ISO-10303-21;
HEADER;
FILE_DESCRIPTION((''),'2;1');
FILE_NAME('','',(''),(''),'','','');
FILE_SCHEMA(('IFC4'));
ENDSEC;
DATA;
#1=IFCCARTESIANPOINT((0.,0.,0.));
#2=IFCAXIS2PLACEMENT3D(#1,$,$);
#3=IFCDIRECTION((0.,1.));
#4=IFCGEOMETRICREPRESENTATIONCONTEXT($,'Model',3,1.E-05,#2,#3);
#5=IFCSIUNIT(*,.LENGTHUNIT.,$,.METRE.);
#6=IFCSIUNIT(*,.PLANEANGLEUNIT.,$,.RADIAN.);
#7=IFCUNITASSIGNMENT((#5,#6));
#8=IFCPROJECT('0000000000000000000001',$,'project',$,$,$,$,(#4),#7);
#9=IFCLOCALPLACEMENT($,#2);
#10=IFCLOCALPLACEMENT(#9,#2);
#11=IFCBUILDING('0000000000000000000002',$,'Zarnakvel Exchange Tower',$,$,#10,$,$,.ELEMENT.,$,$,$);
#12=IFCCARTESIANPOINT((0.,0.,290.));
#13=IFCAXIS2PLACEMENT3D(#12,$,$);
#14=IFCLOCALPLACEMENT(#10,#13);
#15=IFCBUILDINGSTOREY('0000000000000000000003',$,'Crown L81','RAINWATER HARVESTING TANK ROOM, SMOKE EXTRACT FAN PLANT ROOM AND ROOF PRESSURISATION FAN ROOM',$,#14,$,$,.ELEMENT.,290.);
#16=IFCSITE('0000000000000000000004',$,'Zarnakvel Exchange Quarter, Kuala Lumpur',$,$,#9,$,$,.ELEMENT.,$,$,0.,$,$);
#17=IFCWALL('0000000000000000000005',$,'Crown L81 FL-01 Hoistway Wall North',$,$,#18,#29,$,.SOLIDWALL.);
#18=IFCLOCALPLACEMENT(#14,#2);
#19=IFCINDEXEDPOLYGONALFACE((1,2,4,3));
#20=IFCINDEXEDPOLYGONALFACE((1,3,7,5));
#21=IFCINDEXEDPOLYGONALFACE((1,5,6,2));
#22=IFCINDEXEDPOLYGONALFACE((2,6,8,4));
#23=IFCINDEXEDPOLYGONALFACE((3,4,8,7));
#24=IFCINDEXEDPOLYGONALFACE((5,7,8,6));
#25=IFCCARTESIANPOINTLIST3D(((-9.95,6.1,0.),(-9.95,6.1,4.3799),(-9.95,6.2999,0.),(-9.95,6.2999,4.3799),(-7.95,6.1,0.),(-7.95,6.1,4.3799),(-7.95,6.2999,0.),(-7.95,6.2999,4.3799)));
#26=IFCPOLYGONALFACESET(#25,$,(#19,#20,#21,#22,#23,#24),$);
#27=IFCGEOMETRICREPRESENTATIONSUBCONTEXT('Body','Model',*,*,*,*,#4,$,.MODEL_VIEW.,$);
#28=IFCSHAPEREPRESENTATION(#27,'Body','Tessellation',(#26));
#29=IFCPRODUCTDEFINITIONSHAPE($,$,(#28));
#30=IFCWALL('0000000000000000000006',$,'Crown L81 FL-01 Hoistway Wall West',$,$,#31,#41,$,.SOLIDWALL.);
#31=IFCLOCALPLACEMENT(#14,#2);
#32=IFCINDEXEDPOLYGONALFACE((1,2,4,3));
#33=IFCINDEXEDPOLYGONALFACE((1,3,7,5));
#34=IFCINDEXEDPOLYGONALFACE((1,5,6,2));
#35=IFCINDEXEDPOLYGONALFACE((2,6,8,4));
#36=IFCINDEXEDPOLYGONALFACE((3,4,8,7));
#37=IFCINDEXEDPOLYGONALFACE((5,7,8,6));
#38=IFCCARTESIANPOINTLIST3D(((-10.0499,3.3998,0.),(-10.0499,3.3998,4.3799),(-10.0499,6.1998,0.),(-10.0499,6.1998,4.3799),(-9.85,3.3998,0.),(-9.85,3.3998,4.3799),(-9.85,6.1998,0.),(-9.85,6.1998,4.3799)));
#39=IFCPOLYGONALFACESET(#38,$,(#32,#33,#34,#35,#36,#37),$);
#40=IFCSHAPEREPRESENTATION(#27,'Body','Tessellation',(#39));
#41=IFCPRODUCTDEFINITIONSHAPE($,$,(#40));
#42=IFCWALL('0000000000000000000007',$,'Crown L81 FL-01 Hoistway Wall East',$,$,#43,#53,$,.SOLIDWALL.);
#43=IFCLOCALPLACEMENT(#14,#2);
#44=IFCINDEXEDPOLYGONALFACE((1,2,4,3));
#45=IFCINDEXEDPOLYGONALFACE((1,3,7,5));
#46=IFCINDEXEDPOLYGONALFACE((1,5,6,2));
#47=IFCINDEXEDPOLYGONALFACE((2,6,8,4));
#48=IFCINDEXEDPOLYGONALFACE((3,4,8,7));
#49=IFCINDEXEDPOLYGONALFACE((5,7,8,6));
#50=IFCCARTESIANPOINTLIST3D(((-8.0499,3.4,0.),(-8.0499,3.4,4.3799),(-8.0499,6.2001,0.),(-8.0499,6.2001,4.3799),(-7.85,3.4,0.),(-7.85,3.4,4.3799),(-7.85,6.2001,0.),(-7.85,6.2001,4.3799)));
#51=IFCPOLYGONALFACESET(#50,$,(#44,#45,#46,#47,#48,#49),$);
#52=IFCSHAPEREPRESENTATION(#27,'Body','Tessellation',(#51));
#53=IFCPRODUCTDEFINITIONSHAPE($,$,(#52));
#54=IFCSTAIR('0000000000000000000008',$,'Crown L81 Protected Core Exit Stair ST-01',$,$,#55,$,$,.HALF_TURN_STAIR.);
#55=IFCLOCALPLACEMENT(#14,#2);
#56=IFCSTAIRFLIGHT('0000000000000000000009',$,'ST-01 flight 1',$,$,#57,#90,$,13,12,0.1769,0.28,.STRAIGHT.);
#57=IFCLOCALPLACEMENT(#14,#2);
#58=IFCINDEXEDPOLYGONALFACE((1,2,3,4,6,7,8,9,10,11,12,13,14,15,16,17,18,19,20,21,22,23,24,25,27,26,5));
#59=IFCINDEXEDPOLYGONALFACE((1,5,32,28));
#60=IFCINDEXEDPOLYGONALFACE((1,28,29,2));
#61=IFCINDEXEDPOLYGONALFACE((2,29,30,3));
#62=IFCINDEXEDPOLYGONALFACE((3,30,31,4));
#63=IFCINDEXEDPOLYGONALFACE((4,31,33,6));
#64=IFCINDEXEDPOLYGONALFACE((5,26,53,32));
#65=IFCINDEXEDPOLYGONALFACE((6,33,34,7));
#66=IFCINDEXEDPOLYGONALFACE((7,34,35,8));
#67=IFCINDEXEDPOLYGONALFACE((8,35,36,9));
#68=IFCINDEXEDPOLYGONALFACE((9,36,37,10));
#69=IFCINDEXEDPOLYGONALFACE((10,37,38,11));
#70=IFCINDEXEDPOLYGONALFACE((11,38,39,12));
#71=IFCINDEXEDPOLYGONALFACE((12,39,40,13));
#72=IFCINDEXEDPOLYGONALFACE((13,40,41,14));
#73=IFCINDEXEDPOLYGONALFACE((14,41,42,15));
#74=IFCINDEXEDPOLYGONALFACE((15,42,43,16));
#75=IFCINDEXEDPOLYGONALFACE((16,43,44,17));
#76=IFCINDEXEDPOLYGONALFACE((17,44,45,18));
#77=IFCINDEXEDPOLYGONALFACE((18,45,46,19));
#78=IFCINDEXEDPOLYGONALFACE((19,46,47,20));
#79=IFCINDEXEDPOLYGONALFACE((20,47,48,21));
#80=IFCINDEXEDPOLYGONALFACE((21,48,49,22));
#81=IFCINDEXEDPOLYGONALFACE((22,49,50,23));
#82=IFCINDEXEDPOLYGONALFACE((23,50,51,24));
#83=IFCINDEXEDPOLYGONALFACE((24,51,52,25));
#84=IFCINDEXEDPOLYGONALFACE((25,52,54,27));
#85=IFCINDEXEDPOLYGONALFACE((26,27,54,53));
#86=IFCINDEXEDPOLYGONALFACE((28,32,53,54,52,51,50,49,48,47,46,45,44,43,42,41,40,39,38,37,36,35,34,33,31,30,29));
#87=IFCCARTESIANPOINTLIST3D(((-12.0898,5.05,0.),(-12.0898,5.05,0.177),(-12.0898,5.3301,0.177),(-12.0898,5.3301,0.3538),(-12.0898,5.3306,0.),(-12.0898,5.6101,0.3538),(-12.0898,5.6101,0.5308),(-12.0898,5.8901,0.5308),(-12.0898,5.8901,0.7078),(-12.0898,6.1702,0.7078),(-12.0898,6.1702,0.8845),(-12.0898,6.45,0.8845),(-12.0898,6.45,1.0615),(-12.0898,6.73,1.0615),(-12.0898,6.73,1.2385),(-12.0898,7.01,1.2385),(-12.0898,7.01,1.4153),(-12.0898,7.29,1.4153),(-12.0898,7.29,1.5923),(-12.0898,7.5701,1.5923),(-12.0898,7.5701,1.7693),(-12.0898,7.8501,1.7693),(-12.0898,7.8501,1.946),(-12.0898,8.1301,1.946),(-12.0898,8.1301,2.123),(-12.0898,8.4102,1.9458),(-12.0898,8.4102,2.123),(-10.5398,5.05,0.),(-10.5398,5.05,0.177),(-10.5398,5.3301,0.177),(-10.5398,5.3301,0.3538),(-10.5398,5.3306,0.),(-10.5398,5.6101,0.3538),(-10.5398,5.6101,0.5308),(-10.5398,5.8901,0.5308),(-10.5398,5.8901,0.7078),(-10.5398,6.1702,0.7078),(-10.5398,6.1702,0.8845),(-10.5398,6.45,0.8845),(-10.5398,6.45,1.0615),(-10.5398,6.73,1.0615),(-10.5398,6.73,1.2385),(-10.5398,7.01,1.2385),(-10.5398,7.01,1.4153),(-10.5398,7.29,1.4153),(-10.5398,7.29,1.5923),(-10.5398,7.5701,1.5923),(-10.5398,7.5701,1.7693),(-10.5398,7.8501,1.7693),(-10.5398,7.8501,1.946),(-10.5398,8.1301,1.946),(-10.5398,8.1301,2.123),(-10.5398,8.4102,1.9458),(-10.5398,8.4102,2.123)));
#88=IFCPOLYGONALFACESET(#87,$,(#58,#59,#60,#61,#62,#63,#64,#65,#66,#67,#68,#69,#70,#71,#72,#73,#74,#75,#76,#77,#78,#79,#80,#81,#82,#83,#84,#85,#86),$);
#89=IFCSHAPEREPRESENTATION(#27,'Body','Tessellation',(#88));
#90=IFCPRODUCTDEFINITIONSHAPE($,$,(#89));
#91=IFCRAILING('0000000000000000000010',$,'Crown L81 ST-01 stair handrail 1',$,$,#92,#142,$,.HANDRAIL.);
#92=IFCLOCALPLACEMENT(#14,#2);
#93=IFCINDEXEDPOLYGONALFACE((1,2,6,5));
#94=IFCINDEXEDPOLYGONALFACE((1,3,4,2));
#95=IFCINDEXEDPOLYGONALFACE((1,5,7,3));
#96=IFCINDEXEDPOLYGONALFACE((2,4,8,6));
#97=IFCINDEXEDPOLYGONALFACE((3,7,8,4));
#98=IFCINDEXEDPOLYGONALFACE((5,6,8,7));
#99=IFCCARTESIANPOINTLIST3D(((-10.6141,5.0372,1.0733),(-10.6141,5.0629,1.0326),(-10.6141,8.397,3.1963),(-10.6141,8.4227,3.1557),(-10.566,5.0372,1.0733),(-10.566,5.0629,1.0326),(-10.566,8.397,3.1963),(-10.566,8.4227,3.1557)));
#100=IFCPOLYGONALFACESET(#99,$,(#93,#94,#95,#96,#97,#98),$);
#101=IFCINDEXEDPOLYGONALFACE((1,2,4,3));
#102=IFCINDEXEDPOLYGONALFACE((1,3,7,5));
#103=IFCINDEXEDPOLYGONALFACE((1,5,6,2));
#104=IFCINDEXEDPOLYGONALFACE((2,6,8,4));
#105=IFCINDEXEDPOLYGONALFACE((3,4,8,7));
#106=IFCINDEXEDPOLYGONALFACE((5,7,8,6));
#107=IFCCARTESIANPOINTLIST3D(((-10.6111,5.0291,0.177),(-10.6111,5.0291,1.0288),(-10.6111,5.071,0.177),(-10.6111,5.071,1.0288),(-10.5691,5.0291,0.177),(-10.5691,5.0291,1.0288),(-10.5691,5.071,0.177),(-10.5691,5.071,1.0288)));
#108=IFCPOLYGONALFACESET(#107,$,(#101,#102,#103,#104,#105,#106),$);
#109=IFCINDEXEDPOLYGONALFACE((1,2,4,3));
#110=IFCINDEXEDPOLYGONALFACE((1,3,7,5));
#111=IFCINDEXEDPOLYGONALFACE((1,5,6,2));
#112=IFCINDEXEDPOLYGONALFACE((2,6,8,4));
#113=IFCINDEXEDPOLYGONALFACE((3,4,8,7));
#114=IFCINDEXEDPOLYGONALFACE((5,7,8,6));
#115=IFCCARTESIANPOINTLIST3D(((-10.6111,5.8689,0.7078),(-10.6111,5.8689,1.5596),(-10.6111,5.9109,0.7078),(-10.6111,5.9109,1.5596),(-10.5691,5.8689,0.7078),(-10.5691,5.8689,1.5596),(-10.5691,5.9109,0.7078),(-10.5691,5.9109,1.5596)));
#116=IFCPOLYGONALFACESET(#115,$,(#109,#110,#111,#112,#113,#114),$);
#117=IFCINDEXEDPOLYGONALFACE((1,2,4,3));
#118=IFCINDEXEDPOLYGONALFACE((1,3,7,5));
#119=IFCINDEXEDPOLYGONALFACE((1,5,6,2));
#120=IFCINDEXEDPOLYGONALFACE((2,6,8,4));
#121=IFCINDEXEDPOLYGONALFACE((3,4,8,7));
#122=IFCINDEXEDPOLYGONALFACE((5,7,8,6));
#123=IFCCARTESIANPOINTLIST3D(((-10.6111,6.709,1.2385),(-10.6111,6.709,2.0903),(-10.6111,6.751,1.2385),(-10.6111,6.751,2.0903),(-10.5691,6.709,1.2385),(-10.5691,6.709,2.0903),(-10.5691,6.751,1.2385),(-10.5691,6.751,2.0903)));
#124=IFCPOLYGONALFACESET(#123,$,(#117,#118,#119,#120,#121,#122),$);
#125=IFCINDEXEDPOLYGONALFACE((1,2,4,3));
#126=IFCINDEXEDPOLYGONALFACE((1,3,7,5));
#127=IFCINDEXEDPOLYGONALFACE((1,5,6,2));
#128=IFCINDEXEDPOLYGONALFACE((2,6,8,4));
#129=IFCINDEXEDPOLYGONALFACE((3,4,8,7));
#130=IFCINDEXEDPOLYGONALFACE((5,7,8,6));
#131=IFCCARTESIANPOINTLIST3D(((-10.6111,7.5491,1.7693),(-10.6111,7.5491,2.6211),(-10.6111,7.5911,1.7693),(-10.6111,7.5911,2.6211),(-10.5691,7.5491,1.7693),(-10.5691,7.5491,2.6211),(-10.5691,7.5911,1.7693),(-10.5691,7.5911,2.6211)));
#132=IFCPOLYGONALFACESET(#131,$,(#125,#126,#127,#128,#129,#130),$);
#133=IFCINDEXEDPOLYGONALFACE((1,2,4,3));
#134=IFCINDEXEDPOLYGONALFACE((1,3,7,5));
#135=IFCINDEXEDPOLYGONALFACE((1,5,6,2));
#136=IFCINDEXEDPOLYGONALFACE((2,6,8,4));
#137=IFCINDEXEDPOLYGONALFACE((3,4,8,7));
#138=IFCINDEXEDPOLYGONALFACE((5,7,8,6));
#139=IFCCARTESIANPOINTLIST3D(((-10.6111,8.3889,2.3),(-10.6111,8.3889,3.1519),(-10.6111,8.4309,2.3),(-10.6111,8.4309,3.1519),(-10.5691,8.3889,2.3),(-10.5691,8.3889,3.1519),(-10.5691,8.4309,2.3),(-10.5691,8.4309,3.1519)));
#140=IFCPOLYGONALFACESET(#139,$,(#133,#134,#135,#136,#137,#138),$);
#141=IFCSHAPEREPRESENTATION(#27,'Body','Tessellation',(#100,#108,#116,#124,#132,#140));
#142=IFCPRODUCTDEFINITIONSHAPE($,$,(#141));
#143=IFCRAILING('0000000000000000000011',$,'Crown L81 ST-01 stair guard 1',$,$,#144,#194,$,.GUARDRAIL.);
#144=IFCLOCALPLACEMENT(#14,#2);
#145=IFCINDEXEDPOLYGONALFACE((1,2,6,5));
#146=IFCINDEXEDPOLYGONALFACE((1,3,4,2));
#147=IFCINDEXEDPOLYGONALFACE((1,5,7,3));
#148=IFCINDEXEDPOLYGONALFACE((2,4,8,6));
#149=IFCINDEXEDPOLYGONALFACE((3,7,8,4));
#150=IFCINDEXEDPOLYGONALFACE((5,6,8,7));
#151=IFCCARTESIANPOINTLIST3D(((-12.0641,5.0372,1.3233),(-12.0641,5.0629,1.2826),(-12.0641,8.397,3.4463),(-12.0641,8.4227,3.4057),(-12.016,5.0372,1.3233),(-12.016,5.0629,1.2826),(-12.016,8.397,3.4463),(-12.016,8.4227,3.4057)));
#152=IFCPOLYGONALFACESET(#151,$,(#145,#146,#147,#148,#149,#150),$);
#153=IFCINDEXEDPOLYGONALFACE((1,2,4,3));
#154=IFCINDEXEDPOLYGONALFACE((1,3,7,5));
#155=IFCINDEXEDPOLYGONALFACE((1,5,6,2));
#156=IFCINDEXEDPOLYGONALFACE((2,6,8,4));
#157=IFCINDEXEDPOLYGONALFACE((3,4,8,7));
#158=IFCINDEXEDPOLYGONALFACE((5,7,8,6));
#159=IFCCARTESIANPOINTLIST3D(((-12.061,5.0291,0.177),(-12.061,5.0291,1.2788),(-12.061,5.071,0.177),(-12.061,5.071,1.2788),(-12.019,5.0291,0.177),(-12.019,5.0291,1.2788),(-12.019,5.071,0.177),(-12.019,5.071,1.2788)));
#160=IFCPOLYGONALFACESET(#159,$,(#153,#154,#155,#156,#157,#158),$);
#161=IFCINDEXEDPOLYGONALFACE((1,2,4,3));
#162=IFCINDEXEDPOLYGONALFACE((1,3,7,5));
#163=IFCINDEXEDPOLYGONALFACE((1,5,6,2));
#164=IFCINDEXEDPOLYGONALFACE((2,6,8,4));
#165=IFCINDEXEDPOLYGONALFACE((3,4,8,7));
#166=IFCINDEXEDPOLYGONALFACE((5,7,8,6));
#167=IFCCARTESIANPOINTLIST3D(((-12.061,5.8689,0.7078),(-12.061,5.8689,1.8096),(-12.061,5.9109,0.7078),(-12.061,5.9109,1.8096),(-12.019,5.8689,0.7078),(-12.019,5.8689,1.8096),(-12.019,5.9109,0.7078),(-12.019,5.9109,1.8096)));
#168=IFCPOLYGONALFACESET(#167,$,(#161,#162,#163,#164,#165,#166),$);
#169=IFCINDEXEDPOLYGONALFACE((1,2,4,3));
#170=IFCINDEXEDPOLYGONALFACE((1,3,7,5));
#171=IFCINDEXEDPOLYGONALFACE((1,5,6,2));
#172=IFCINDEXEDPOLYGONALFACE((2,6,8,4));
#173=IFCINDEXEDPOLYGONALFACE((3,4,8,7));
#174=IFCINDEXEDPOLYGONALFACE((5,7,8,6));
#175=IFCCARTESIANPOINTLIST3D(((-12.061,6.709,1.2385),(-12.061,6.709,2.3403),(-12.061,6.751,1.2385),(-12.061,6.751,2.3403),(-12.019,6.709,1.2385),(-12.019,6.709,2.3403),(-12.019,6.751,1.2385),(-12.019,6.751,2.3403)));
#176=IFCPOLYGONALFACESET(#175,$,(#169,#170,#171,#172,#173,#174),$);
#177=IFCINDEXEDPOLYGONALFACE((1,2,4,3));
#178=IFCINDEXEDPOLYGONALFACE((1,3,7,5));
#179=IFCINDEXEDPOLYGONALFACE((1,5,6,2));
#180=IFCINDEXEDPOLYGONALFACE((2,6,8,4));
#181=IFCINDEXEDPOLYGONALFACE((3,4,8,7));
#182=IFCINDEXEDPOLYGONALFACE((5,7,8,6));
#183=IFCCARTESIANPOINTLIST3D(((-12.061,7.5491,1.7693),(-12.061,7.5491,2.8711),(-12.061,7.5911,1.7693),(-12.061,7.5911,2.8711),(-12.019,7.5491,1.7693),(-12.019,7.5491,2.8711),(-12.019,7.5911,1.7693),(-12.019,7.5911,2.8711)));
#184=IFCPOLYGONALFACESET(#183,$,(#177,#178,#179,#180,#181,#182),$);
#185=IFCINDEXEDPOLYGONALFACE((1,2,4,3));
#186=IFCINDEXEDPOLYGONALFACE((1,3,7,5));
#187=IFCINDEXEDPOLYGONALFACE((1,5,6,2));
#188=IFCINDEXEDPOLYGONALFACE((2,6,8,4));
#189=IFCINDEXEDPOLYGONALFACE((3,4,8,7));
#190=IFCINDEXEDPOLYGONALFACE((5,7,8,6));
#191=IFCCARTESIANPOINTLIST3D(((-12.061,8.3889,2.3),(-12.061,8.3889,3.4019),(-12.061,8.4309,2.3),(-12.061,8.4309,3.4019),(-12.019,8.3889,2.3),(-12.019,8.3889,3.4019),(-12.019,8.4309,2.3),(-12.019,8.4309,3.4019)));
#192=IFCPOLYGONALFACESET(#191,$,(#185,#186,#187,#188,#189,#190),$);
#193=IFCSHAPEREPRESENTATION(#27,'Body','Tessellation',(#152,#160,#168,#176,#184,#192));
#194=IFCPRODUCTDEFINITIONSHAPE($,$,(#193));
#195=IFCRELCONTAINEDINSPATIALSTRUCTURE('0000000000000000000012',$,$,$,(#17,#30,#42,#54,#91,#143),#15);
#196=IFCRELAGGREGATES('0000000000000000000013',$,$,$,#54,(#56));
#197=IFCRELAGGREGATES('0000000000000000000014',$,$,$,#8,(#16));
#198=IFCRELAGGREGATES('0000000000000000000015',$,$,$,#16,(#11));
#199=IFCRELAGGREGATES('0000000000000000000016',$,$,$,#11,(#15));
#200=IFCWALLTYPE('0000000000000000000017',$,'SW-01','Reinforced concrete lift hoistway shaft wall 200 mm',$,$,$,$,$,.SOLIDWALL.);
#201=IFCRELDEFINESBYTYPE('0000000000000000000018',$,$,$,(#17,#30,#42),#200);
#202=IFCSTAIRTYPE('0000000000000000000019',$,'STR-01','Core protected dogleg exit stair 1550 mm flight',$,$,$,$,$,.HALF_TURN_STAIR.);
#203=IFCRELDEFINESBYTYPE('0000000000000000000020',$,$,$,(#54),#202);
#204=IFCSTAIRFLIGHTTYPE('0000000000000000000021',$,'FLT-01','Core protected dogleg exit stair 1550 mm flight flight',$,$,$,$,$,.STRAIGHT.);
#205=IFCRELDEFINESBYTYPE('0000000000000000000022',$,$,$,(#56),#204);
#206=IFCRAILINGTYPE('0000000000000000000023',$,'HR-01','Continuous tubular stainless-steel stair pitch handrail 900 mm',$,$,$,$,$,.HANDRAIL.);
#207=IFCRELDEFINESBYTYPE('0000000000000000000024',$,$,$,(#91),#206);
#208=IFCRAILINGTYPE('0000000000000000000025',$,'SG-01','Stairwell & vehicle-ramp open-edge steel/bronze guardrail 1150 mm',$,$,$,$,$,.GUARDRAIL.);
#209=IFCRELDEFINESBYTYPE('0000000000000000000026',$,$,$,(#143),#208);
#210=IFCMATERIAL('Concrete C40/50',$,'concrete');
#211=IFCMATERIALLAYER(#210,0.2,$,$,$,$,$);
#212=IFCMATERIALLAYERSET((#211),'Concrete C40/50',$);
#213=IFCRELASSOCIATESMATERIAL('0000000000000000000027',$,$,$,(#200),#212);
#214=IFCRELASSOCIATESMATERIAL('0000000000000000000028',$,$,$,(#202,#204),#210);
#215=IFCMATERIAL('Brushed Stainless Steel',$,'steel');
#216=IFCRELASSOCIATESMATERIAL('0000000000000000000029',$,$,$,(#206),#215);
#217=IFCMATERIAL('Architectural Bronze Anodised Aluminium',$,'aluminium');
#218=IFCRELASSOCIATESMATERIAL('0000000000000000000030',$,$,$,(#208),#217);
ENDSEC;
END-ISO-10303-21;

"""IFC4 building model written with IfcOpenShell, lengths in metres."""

from ifc_helpers import new_model, si_unit, direction, frame, frame_2d, origin, origin_2d, place, context, subcontext, project, spatial, polyline, rectangle, outline, extrude, material, layer, layer_set, type_object, element, aggregate, save


model = new_model("IFC4")

# Units and contexts
model_context = context("Model", 3, precision=1e-05, world=origin(), true_north=direction((0.0, 1.0)))
body_context = subcontext(model_context, "Body", "Model", "MODEL_VIEW")
ifc_project = project(units=[si_unit("LENGTHUNIT", "METRE"), si_unit("PLANEANGLEUNIT", "RADIAN")], contexts=[model_context])

# Site, building, storey
site_placement = place(None, origin())
site = spatial("IfcSite", under=ifc_project, at=site_placement, Name="Zarnakvel Exchange Quarter, Kuala Lumpur", CompositionType="ELEMENT", RefElevation=0.0)
building_placement = place(site_placement, origin())
building = spatial("IfcBuilding", under=site, at=building_placement, Name="Zarnakvel Exchange Tower", CompositionType="ELEMENT")
storey_placement = place(building_placement, frame((0.0, 0.0, 290.0)))
storey = spatial("IfcBuildingStorey", under=building, at=storey_placement, Name="Crown L81", Description="RAINWATER HARVESTING TANK ROOM, SMOKE EXTRACT FAN PLANT ROOM AND ROOF PRESSURISATION FAN ROOM", CompositionType="ELEMENT", Elevation=290.0)

# Shared definitions
ifc_material_1 = material(Name="Architectural Bronze Anodised Aluminium", Category="aluminium")

# Shared definitions
ifc_material_2 = material(Name="Concrete C40/50", Category="concrete")
ifc_layer_1 = layer(ifc_material_2, 0.2)
ifc_layer_set_1 = layer_set([ifc_layer_1], Name="Concrete C40/50")
wall_type_1 = type_object("IfcWallType", Name="SW-01", Description="Reinforced concrete lift hoistway shaft wall 200 mm", PredefinedType="SOLIDWALL", material=ifc_layer_set_1)
ifc_material_3 = material(Name="Brushed Stainless Steel", Category="steel")

# Walls
wall_1_placement = place(storey_placement, frame((-9.95, 6.2, 0.0), z_axis=(0.0, 0.0, 1.0), x_axis=(1.0, 0.0, 0.0)))
element("IfcWall", 1, at=wall_1_placement, inside=storey, type_object=wall_type_1, Name="Crown L81 FL-01 Hoistway Wall North", PredefinedType="SOLIDWALL", context=body_context, shape_type="SweptSolid", body=[
    extrude(rectangle(XDim=2.0, YDim=0.2, at=frame_2d((1.0, 0.0))), origin(), (0.0, 0.0, 1.0), 4.3799),
])
for number, where, z_axis, x_axis, name in (
    (2, (-9.95, 3.3999, 0.0), (0.0, 0.0, 1.0), (0.0, 1.0, 0.0), "Crown L81 FL-01 Hoistway Wall West"),
    (3, (-7.95, 6.2, 0.0), (0.0, 0.0, 1.0), (0.0, -1.0, 0.0), "Crown L81 FL-01 Hoistway Wall East"),
):
    element("IfcWall", number, at=place(storey_placement, frame(where, z_axis=z_axis, x_axis=x_axis)), inside=storey, type_object=wall_type_1, Name=name, PredefinedType="SOLIDWALL", context=body_context, shape_type="SweptSolid", body=[
        extrude(rectangle(XDim=2.8, YDim=0.2, at=frame_2d((1.3999, 0.0))), origin(), (0.0, 0.0, 1.0), 4.3799),
    ])

# Stair, stair flight
stair_type = type_object("IfcStairType", Name="STR-01", Description="Core protected dogleg exit stair 1550 mm flight", PredefinedType="HALF_TURN_STAIR", material=ifc_material_2)
stair_placement = place(storey_placement, origin())
stair = element("IfcStair", 4, at=stair_placement, inside=storey, type_object=stair_type, Name="Crown L81 Protected Core Exit Stair ST-01", PredefinedType="HALF_TURN_STAIR")
stair_flight_type = type_object("IfcStairFlightType", Name="FLT-01", Description="Core protected dogleg exit stair 1550 mm flight flight", PredefinedType="STRAIGHT", material=ifc_material_2)
stair_flight_placement = place(storey_placement, frame((-11.3149, 5.05, 0.0), z_axis=(0.0, 0.0, 1.0), x_axis=(0.0, 1.0, 0.0)))
stair_flight = element("IfcStairFlight", 5, at=stair_flight_placement, type_object=stair_flight_type, Name="ST-01 flight 1", NumberOfRisers=13, NumberOfTreads=12, PredefinedType="STRAIGHT", RiserHeight=0.1769, TreadLength=0.28, context=body_context, shape_type="SweptSolid", body=[
    extrude(outline(polyline([(0.0, 0.0), (0.0, 0.177), (0.28, 0.177), (0.28, 0.3538), (0.5601, 0.3538), (0.5601, 0.5308), (0.8401, 0.5308), (0.8401, 0.7078), (1.1201, 0.7078), (1.1201, 0.8845), (1.3999, 0.8845), (1.3999, 1.0615), (1.6799, 1.0615), (1.6799, 1.2385), (1.96, 1.2385), (1.96, 1.4153), (2.24, 1.4153), (2.24, 1.5923), (2.52, 1.5923), (2.52, 1.7693), (2.8, 1.7693), (2.8, 1.946), (3.0801, 1.946), (3.0801, 2.123), (3.3601, 2.123), (3.3601, 2.3), (3.3601, 1.9458), (0.2805, 0.0), (0.0, 0.0)])), frame((0.0, 0.7749, 0.0), z_axis=(0.0, -1.0, 0.0), x_axis=(1.0, 0.0, 0.0)), (0.0, 0.0, 1.0), 1.55),
])
aggregate(stair, [stair_flight])

# Railings
railing_type_1 = type_object("IfcRailingType", Name="HR-01", Description="Continuous tubular stainless-steel stair pitch handrail 900 mm", PredefinedType="HANDRAIL", material=ifc_material_3)
railing_1_placement = place(storey_placement, frame((-10.5901, 5.05, 0.177)))
element("IfcRailing", 6, at=railing_1_placement, inside=storey, type_object=railing_type_1, Name="Crown L81 ST-01 stair handrail 1", PredefinedType="HANDRAIL", context=body_context, shape_type="SweptSolid", body=[
    extrude(rectangle(XDim=0.0481, YDim=0.0481, at=origin_2d()), frame((0.0, 0.0, 0.876), z_axis=(0.0, 0.845372, 0.534178), x_axis=(-1.0, 0.0, 0.0)), (0.0, 0.0, 1.0), 3.9744),
    extrude(rectangle(XDim=0.042, YDim=0.042, at=origin_2d()), origin(), (0.0, 0.0, 1.0), 0.8518),
    extrude(rectangle(XDim=0.042, YDim=0.042, at=origin_2d()), frame((0.0, 0.8398, 0.5308)), (0.0, 0.0, 1.0), 0.8518),
    extrude(rectangle(XDim=0.042, YDim=0.042, at=origin_2d()), frame((0.0, 1.6799, 1.0615)), (0.0, 0.0, 1.0), 0.8518),
    extrude(rectangle(XDim=0.042, YDim=0.042, at=origin_2d()), frame((0.0, 2.52, 1.5923)), (0.0, 0.0, 1.0), 0.8518),
    extrude(rectangle(XDim=0.042, YDim=0.042, at=origin_2d()), frame((0.0, 3.3599, 2.123)), (0.0, 0.0, 1.0), 0.8518),
])
railing_type_2 = type_object("IfcRailingType", Name="SG-01", Description="Stairwell & vehicle-ramp open-edge steel/bronze guardrail 1150 mm", PredefinedType="GUARDRAIL", material=ifc_material_1)
railing_2_placement = place(storey_placement, frame((-12.04, 5.05, 0.177)))
element("IfcRailing", 7, at=railing_2_placement, inside=storey, type_object=railing_type_2, Name="Crown L81 ST-01 stair guard 1", PredefinedType="GUARDRAIL", context=body_context, shape_type="SweptSolid", body=[
    extrude(rectangle(XDim=0.0481, YDim=0.0481, at=origin_2d()), frame((0.0, 0.0, 1.126), z_axis=(0.0, 0.845372, 0.534178), x_axis=(-1.0, 0.0, 0.0)), (0.0, 0.0, 1.0), 3.9744),
    extrude(rectangle(XDim=0.042, YDim=0.042, at=origin_2d()), origin(), (0.0, 0.0, 1.0), 1.1018),
    extrude(rectangle(XDim=0.042, YDim=0.042, at=origin_2d()), frame((0.0, 0.8398, 0.5308)), (0.0, 0.0, 1.0), 1.1018),
    extrude(rectangle(XDim=0.042, YDim=0.042, at=origin_2d()), frame((0.0, 1.6799, 1.0615)), (0.0, 0.0, 1.0), 1.1018),
    extrude(rectangle(XDim=0.042, YDim=0.042, at=origin_2d()), frame((0.0, 2.52, 1.5923)), (0.0, 0.0, 1.0), 1.1018),
    extrude(rectangle(XDim=0.042, YDim=0.042, at=origin_2d()), frame((0.0, 3.3599, 2.123)), (0.0, 0.0, 1.0), 1.1018),
])

save(model, "model.ifc")
